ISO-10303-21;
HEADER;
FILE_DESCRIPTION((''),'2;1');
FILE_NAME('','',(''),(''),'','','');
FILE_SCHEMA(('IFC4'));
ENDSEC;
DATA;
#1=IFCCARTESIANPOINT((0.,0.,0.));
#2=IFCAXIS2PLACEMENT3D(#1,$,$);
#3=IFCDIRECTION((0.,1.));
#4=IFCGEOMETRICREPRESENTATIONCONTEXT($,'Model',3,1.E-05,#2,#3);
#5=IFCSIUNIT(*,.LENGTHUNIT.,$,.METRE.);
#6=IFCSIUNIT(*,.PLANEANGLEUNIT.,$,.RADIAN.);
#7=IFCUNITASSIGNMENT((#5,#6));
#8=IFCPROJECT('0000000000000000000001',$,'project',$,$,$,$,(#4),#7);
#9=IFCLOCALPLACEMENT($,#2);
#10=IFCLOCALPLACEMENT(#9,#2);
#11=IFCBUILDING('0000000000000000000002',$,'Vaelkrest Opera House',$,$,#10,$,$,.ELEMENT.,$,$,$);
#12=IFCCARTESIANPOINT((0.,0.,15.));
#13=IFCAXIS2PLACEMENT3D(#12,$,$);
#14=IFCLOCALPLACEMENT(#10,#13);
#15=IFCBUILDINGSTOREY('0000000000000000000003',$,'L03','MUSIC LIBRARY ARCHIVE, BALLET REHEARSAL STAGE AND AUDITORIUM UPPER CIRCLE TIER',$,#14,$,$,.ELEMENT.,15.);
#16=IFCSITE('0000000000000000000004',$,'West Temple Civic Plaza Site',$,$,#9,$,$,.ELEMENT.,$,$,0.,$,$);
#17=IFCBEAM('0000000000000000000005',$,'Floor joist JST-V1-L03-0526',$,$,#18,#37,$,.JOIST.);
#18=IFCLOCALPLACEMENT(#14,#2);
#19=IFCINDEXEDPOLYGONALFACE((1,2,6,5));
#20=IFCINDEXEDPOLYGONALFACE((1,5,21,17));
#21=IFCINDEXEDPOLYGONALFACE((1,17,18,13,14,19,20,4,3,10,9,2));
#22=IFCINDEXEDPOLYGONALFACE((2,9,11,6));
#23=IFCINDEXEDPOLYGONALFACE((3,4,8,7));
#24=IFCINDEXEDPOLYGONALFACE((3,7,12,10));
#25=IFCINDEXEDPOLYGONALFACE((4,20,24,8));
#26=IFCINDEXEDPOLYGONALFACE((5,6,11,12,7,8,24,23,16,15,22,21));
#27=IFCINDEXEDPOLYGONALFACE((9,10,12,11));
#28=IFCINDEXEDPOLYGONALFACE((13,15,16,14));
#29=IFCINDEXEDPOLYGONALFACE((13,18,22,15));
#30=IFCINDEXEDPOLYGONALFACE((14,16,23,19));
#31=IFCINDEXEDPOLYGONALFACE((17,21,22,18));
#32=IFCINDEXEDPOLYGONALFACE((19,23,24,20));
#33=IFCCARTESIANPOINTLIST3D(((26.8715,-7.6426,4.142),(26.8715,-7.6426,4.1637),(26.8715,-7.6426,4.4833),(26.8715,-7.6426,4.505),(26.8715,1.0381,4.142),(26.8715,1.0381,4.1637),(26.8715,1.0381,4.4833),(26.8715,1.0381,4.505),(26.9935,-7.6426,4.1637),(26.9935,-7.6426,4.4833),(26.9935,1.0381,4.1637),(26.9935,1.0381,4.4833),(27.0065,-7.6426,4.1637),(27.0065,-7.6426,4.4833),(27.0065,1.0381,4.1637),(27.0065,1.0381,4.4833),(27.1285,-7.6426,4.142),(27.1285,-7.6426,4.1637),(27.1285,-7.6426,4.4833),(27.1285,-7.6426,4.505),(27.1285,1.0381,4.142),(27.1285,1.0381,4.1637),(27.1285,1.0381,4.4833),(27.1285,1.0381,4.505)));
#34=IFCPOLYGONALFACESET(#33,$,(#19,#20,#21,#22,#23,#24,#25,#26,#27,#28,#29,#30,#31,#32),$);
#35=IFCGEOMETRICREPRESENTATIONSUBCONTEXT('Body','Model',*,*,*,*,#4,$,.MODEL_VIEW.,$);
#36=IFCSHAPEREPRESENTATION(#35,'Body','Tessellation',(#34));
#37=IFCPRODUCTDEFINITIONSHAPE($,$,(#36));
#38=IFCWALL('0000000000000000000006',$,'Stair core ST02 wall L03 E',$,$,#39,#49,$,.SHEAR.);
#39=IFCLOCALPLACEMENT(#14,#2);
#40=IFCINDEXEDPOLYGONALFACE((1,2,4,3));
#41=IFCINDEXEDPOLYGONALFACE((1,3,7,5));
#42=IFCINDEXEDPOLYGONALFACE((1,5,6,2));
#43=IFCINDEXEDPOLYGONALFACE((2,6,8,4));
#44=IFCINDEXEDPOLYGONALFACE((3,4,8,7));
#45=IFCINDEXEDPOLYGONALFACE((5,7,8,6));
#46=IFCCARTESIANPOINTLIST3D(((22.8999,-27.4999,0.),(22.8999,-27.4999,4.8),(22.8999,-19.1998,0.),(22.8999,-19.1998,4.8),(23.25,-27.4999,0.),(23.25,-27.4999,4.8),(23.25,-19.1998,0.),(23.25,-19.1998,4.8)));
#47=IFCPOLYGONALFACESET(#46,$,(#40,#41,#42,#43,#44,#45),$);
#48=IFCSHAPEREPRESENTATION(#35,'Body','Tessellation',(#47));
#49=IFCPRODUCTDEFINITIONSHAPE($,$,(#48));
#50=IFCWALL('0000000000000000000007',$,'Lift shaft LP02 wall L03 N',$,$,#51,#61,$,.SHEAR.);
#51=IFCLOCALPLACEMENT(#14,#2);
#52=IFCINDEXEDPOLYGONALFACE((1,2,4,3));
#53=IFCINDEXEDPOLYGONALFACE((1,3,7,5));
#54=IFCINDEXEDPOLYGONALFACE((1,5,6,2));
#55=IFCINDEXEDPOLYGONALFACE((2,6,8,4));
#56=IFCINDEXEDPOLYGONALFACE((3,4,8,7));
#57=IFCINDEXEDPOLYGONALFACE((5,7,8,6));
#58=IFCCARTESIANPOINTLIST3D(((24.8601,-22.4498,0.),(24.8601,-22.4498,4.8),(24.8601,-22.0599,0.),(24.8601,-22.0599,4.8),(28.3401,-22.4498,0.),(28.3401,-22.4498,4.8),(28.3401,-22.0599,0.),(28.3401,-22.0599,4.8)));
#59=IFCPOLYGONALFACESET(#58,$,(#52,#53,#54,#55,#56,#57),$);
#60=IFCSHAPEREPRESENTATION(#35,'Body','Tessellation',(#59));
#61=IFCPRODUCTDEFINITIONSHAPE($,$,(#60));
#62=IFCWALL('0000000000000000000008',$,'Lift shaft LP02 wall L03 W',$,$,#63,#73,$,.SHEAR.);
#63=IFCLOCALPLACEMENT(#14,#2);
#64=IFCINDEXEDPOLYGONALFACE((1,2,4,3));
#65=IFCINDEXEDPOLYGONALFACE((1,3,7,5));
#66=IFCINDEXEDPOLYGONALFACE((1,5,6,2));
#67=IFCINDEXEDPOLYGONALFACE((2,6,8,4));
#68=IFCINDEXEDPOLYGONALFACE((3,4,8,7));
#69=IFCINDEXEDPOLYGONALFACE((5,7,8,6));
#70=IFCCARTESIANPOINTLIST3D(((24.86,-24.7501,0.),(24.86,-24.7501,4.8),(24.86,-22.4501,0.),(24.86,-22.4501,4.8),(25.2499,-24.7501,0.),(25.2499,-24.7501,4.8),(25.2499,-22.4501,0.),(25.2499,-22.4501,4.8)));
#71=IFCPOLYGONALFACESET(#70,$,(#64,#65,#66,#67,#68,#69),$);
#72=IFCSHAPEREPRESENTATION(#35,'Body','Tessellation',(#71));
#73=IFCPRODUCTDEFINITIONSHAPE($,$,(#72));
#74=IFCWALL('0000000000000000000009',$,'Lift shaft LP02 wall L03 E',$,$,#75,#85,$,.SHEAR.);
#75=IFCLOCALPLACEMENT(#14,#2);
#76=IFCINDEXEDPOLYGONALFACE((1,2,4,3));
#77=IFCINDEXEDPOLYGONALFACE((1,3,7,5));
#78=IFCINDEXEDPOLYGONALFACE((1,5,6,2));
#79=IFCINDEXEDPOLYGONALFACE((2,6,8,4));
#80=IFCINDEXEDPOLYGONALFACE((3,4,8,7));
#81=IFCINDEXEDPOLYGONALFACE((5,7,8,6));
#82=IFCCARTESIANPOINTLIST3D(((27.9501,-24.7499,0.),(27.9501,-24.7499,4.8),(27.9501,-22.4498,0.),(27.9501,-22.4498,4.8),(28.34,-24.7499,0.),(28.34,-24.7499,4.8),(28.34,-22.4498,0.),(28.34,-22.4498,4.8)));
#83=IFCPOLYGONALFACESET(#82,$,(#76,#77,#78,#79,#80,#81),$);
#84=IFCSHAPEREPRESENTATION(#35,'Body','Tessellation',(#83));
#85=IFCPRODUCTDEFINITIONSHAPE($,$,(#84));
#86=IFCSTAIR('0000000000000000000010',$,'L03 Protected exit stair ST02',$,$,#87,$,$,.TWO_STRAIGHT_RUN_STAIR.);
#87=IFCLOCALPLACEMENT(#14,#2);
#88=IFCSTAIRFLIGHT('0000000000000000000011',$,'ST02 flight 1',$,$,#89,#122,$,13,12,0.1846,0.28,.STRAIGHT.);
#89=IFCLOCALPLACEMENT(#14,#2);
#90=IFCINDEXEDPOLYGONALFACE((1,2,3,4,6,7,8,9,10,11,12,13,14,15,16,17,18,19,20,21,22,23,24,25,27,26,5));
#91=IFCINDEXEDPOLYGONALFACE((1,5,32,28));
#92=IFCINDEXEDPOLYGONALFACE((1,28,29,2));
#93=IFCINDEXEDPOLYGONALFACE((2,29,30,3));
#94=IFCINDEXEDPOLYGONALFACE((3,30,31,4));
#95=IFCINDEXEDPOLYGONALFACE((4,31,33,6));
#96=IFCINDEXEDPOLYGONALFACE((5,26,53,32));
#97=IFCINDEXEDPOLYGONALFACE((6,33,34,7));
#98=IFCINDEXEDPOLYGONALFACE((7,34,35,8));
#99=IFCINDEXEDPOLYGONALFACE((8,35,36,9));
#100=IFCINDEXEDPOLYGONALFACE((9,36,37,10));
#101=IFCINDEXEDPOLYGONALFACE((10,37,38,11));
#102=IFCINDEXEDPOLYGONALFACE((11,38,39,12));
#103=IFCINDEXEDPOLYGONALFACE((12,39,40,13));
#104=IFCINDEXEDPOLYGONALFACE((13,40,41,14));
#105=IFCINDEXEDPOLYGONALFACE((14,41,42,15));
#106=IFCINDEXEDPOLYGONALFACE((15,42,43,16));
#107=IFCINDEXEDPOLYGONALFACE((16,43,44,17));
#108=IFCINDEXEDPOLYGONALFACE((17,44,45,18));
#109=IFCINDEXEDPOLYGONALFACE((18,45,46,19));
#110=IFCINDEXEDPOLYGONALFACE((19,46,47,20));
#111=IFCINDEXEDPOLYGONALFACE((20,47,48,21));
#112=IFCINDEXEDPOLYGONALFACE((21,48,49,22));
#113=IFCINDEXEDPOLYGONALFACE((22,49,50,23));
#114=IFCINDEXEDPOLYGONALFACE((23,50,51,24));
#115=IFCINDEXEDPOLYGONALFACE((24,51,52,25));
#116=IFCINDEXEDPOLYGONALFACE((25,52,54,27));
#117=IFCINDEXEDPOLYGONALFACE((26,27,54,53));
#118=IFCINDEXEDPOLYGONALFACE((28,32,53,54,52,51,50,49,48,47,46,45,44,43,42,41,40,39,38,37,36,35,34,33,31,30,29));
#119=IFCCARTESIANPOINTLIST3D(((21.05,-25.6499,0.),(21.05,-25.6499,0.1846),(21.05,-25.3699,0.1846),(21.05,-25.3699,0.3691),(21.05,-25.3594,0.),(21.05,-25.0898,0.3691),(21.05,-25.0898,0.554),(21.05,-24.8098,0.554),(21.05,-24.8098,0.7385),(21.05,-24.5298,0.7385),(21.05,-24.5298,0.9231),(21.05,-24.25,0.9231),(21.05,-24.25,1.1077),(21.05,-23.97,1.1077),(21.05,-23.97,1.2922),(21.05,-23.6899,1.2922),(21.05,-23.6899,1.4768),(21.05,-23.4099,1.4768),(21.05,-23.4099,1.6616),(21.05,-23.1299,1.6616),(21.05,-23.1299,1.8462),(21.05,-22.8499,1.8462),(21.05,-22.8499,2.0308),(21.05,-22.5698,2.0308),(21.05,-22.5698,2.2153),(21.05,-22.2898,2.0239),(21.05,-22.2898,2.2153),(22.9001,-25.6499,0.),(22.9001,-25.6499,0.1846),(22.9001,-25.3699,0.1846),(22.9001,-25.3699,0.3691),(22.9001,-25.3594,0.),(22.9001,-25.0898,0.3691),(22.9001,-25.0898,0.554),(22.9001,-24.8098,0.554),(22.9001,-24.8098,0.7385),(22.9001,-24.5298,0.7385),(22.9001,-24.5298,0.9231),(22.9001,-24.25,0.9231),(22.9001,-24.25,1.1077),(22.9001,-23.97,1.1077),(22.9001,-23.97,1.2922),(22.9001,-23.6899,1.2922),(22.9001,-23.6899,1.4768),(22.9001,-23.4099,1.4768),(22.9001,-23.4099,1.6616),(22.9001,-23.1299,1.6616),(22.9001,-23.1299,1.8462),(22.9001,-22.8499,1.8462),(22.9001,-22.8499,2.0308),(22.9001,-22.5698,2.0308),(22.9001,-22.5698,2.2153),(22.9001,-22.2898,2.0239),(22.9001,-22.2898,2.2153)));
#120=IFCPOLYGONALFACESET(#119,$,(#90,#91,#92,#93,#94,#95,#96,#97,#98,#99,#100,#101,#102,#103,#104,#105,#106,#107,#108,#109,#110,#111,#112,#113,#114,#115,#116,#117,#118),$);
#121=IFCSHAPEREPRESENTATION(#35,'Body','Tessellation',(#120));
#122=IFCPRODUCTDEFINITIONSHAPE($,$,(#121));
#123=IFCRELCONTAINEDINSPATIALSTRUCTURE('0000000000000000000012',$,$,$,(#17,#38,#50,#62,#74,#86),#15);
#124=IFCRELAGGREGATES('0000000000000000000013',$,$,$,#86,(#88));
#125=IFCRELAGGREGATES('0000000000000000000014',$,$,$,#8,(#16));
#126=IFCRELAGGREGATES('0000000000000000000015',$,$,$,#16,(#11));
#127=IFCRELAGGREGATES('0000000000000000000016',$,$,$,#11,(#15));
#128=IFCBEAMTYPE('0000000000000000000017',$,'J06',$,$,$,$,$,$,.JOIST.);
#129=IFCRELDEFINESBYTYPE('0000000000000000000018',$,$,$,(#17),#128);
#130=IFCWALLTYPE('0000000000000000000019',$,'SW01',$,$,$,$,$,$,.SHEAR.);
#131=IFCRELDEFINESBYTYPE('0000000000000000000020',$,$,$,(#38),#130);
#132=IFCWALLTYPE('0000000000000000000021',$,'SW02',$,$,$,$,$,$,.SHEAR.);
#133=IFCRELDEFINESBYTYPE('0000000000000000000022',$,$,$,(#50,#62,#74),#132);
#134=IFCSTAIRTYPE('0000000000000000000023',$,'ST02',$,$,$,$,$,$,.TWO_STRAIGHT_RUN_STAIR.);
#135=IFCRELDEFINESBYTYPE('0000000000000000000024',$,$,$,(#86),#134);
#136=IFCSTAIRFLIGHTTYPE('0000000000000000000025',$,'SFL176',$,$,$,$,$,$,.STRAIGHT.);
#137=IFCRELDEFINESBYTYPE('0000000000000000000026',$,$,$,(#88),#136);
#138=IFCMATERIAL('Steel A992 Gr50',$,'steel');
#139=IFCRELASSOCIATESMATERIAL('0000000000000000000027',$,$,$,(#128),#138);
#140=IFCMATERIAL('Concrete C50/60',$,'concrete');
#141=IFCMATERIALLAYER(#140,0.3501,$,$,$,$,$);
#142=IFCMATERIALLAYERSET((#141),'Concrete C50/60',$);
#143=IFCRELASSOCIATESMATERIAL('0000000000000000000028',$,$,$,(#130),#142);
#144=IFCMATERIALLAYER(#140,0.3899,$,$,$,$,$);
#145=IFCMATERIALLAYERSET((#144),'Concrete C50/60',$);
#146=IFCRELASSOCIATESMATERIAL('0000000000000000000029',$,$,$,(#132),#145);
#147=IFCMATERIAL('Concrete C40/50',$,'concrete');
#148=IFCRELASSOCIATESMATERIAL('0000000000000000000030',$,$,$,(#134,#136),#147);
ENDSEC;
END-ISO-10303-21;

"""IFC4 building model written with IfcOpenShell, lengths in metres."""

from ifc_helpers import new_model, si_unit, direction, frame, frame_2d, origin, origin_2d, place, context, subcontext, project, spatial, polyline, rectangle, i_section, outline, extrude, material, layer, layer_set, material_profile, profile_set, type_object, element, aggregate, save


model = new_model("IFC4")

# Units and contexts
model_context = context("Model", 3, precision=1e-05, world=origin(), true_north=direction((0.0, 1.0)))
body_context = subcontext(model_context, "Body", "Model", "MODEL_VIEW")
ifc_project = project(units=[si_unit("LENGTHUNIT", "METRE"), si_unit("PLANEANGLEUNIT", "RADIAN")], contexts=[model_context])

# Site, building, storey
site_placement = place(None, origin())
site = spatial("IfcSite", under=ifc_project, at=site_placement, Name="West Temple Civic Plaza Site", CompositionType="ELEMENT", RefElevation=0.0)
building_placement = place(site_placement, origin())
building = spatial("IfcBuilding", under=site, at=building_placement, Name="Vaelkrest Opera House", CompositionType="ELEMENT")
storey_placement = place(building_placement, frame((0.0, 0.0, 15.0)))
storey = spatial("IfcBuildingStorey", under=building, at=storey_placement, Name="L03", Description="MUSIC LIBRARY ARCHIVE, BALLET REHEARSAL STAGE AND AUDITORIUM UPPER CIRCLE TIER", CompositionType="ELEMENT", Elevation=15.0)

# Shared definitions
ifc_material_1 = material(Name="Concrete C50/60", Category="concrete")

# Beam
ifc_material_2 = material(Name="Steel A992 Gr50", Category="steel")
ifc_material_profile_1 = material_profile(ifc_material_2, i_section(OverallWidth=0.2571, OverallDepth=0.363, WebThickness=0.0129, FlangeThickness=0.0217, at=origin_2d()), Name="W14X82")
ifc_profile_set_1 = profile_set([ifc_material_profile_1], Name="Steel A992 Gr50")
beam_type_1 = type_object("IfcBeamType", Name="J06", PredefinedType="JOIST", material=ifc_profile_set_1)
beam_1_placement = place(storey_placement, frame((27.0, -7.6426, 4.3235), z_axis=(0.0, 1.0, 0.0), x_axis=(-1.0, 0.0, 0.0)))
element("IfcBeam", 1, at=beam_1_placement, inside=storey, type_object=beam_type_1, Name="Floor joist JST-V1-L03-0526", PredefinedType="JOIST", context=body_context, shape_type="SweptSolid", body=[
    extrude(i_section(OverallWidth=0.2571, OverallDepth=0.363, WebThickness=0.0129, FlangeThickness=0.0217, at=origin_2d()), origin(), (0.0, 0.0, 1.0), 8.6807),
])

# Shared definitions
ifc_layer_1 = layer(ifc_material_1, 0.3501)
ifc_layer_set_1 = layer_set([ifc_layer_1], Name="Concrete C50/60")
wall_type_1 = type_object("IfcWallType", Name="SW01", PredefinedType="SHEAR", material=ifc_layer_set_1)

# Wall
wall_1_placement = place(storey_placement, frame((23.075, -19.2, 0.0), z_axis=(0.0, 0.0, 1.0), x_axis=(0.0, -1.0, 0.0)))
element("IfcWall", 2, at=wall_1_placement, inside=storey, type_object=wall_type_1, Name="Stair core ST02 wall L03 E", PredefinedType="SHEAR", context=body_context, shape_type="SweptSolid", body=[
    extrude(rectangle(XDim=8.3, YDim=0.3501, at=frame_2d((4.1499, 0.0))), origin(), (0.0, 0.0, 1.0), 4.8),
])

# Shared definitions
ifc_layer_2 = layer(ifc_material_1, 0.3899)
ifc_layer_set_2 = layer_set([ifc_layer_2], Name="Concrete C50/60")
wall_type_2 = type_object("IfcWallType", Name="SW02", PredefinedType="SHEAR", material=ifc_layer_set_2)

# Walls
wall_2_placement = place(storey_placement, frame((24.8601, -22.2549, 0.0), z_axis=(0.0, 0.0, 1.0), x_axis=(1.0, 0.0, 0.0)))
element("IfcWall", 3, at=wall_2_placement, inside=storey, type_object=wall_type_2, Name="Lift shaft LP02 wall L03 N", PredefinedType="SHEAR", context=body_context, shape_type="SweptSolid", body=[
    extrude(rectangle(XDim=3.48, YDim=0.3899, at=frame_2d((1.74, 0.0))), origin(), (0.0, 0.0, 1.0), 4.8),
])
for number, where, z_axis, x_axis, name in (
    (4, (25.0549, -24.75, 0.0), (0.0, 0.0, 1.0), (0.0, 1.0, 0.0), "Lift shaft LP02 wall L03 W"),
    (5, (28.145, -22.45, 0.0), (0.0, 0.0, 1.0), (0.0, -1.0, 0.0), "Lift shaft LP02 wall L03 E"),
):
    element("IfcWall", number, at=place(storey_placement, frame(where, z_axis=z_axis, x_axis=x_axis)), inside=storey, type_object=wall_type_2, Name=name, PredefinedType="SHEAR", context=body_context, shape_type="SweptSolid", body=[
        extrude(rectangle(XDim=2.3, YDim=0.3899, at=frame_2d((1.1499, 0.0))), origin(), (0.0, 0.0, 1.0), 4.8),
    ])

# Stair, stair flight
ifc_material_3 = material(Name="Concrete C40/50", Category="concrete")
stair_type = type_object("IfcStairType", Name="ST02", PredefinedType="TWO_STRAIGHT_RUN_STAIR", material=ifc_material_3)
stair_placement = place(storey_placement, origin())
stair = element("IfcStair", 6, at=stair_placement, inside=storey, type_object=stair_type, Name="L03 Protected exit stair ST02", PredefinedType="TWO_STRAIGHT_RUN_STAIR")
stair_flight_type = type_object("IfcStairFlightType", Name="SFL176", PredefinedType="STRAIGHT", material=ifc_material_3)
stair_flight_placement = place(storey_placement, frame((21.9751, -25.6499, 0.0), z_axis=(0.0, 0.0, 1.0), x_axis=(0.0, 1.0, 0.0)))
stair_flight = element("IfcStairFlight", 7, at=stair_flight_placement, type_object=stair_flight_type, Name="ST02 flight 1", NumberOfRisers=13, NumberOfTreads=12, PredefinedType="STRAIGHT", RiserHeight=0.1846, TreadLength=0.28, context=body_context, shape_type="SweptSolid", body=[
    extrude(outline(polyline([(0.0, 0.0), (0.0, 0.1846), (0.28, 0.1846), (0.28, 0.3691), (0.5601, 0.3691), (0.5601, 0.554), (0.8401, 0.554), (0.8401, 0.7385), (1.1201, 0.7385), (1.1201, 0.9231), (1.3999, 0.9231), (1.3999, 1.1077), (1.6799, 1.1077), (1.6799, 1.2922), (1.96, 1.2922), (1.96, 1.4768), (2.24, 1.4768), (2.24, 1.6616), (2.52, 1.6616), (2.52, 1.8462), (2.8, 1.8462), (2.8, 2.0308), (3.0801, 2.0308), (3.0801, 2.2153), (3.3601, 2.2153), (3.3601, 2.3999), (3.3601, 2.0239), (0.2905, 0.0), (0.0, 0.0)])), frame((0.0, 0.925, 0.0), z_axis=(0.0, -1.0, 0.0), x_axis=(1.0, 0.0, 0.0)), (0.0, 0.0, 1.0), 1.8501),
])
aggregate(stair, [stair_flight])

save(model, "model.ifc")
